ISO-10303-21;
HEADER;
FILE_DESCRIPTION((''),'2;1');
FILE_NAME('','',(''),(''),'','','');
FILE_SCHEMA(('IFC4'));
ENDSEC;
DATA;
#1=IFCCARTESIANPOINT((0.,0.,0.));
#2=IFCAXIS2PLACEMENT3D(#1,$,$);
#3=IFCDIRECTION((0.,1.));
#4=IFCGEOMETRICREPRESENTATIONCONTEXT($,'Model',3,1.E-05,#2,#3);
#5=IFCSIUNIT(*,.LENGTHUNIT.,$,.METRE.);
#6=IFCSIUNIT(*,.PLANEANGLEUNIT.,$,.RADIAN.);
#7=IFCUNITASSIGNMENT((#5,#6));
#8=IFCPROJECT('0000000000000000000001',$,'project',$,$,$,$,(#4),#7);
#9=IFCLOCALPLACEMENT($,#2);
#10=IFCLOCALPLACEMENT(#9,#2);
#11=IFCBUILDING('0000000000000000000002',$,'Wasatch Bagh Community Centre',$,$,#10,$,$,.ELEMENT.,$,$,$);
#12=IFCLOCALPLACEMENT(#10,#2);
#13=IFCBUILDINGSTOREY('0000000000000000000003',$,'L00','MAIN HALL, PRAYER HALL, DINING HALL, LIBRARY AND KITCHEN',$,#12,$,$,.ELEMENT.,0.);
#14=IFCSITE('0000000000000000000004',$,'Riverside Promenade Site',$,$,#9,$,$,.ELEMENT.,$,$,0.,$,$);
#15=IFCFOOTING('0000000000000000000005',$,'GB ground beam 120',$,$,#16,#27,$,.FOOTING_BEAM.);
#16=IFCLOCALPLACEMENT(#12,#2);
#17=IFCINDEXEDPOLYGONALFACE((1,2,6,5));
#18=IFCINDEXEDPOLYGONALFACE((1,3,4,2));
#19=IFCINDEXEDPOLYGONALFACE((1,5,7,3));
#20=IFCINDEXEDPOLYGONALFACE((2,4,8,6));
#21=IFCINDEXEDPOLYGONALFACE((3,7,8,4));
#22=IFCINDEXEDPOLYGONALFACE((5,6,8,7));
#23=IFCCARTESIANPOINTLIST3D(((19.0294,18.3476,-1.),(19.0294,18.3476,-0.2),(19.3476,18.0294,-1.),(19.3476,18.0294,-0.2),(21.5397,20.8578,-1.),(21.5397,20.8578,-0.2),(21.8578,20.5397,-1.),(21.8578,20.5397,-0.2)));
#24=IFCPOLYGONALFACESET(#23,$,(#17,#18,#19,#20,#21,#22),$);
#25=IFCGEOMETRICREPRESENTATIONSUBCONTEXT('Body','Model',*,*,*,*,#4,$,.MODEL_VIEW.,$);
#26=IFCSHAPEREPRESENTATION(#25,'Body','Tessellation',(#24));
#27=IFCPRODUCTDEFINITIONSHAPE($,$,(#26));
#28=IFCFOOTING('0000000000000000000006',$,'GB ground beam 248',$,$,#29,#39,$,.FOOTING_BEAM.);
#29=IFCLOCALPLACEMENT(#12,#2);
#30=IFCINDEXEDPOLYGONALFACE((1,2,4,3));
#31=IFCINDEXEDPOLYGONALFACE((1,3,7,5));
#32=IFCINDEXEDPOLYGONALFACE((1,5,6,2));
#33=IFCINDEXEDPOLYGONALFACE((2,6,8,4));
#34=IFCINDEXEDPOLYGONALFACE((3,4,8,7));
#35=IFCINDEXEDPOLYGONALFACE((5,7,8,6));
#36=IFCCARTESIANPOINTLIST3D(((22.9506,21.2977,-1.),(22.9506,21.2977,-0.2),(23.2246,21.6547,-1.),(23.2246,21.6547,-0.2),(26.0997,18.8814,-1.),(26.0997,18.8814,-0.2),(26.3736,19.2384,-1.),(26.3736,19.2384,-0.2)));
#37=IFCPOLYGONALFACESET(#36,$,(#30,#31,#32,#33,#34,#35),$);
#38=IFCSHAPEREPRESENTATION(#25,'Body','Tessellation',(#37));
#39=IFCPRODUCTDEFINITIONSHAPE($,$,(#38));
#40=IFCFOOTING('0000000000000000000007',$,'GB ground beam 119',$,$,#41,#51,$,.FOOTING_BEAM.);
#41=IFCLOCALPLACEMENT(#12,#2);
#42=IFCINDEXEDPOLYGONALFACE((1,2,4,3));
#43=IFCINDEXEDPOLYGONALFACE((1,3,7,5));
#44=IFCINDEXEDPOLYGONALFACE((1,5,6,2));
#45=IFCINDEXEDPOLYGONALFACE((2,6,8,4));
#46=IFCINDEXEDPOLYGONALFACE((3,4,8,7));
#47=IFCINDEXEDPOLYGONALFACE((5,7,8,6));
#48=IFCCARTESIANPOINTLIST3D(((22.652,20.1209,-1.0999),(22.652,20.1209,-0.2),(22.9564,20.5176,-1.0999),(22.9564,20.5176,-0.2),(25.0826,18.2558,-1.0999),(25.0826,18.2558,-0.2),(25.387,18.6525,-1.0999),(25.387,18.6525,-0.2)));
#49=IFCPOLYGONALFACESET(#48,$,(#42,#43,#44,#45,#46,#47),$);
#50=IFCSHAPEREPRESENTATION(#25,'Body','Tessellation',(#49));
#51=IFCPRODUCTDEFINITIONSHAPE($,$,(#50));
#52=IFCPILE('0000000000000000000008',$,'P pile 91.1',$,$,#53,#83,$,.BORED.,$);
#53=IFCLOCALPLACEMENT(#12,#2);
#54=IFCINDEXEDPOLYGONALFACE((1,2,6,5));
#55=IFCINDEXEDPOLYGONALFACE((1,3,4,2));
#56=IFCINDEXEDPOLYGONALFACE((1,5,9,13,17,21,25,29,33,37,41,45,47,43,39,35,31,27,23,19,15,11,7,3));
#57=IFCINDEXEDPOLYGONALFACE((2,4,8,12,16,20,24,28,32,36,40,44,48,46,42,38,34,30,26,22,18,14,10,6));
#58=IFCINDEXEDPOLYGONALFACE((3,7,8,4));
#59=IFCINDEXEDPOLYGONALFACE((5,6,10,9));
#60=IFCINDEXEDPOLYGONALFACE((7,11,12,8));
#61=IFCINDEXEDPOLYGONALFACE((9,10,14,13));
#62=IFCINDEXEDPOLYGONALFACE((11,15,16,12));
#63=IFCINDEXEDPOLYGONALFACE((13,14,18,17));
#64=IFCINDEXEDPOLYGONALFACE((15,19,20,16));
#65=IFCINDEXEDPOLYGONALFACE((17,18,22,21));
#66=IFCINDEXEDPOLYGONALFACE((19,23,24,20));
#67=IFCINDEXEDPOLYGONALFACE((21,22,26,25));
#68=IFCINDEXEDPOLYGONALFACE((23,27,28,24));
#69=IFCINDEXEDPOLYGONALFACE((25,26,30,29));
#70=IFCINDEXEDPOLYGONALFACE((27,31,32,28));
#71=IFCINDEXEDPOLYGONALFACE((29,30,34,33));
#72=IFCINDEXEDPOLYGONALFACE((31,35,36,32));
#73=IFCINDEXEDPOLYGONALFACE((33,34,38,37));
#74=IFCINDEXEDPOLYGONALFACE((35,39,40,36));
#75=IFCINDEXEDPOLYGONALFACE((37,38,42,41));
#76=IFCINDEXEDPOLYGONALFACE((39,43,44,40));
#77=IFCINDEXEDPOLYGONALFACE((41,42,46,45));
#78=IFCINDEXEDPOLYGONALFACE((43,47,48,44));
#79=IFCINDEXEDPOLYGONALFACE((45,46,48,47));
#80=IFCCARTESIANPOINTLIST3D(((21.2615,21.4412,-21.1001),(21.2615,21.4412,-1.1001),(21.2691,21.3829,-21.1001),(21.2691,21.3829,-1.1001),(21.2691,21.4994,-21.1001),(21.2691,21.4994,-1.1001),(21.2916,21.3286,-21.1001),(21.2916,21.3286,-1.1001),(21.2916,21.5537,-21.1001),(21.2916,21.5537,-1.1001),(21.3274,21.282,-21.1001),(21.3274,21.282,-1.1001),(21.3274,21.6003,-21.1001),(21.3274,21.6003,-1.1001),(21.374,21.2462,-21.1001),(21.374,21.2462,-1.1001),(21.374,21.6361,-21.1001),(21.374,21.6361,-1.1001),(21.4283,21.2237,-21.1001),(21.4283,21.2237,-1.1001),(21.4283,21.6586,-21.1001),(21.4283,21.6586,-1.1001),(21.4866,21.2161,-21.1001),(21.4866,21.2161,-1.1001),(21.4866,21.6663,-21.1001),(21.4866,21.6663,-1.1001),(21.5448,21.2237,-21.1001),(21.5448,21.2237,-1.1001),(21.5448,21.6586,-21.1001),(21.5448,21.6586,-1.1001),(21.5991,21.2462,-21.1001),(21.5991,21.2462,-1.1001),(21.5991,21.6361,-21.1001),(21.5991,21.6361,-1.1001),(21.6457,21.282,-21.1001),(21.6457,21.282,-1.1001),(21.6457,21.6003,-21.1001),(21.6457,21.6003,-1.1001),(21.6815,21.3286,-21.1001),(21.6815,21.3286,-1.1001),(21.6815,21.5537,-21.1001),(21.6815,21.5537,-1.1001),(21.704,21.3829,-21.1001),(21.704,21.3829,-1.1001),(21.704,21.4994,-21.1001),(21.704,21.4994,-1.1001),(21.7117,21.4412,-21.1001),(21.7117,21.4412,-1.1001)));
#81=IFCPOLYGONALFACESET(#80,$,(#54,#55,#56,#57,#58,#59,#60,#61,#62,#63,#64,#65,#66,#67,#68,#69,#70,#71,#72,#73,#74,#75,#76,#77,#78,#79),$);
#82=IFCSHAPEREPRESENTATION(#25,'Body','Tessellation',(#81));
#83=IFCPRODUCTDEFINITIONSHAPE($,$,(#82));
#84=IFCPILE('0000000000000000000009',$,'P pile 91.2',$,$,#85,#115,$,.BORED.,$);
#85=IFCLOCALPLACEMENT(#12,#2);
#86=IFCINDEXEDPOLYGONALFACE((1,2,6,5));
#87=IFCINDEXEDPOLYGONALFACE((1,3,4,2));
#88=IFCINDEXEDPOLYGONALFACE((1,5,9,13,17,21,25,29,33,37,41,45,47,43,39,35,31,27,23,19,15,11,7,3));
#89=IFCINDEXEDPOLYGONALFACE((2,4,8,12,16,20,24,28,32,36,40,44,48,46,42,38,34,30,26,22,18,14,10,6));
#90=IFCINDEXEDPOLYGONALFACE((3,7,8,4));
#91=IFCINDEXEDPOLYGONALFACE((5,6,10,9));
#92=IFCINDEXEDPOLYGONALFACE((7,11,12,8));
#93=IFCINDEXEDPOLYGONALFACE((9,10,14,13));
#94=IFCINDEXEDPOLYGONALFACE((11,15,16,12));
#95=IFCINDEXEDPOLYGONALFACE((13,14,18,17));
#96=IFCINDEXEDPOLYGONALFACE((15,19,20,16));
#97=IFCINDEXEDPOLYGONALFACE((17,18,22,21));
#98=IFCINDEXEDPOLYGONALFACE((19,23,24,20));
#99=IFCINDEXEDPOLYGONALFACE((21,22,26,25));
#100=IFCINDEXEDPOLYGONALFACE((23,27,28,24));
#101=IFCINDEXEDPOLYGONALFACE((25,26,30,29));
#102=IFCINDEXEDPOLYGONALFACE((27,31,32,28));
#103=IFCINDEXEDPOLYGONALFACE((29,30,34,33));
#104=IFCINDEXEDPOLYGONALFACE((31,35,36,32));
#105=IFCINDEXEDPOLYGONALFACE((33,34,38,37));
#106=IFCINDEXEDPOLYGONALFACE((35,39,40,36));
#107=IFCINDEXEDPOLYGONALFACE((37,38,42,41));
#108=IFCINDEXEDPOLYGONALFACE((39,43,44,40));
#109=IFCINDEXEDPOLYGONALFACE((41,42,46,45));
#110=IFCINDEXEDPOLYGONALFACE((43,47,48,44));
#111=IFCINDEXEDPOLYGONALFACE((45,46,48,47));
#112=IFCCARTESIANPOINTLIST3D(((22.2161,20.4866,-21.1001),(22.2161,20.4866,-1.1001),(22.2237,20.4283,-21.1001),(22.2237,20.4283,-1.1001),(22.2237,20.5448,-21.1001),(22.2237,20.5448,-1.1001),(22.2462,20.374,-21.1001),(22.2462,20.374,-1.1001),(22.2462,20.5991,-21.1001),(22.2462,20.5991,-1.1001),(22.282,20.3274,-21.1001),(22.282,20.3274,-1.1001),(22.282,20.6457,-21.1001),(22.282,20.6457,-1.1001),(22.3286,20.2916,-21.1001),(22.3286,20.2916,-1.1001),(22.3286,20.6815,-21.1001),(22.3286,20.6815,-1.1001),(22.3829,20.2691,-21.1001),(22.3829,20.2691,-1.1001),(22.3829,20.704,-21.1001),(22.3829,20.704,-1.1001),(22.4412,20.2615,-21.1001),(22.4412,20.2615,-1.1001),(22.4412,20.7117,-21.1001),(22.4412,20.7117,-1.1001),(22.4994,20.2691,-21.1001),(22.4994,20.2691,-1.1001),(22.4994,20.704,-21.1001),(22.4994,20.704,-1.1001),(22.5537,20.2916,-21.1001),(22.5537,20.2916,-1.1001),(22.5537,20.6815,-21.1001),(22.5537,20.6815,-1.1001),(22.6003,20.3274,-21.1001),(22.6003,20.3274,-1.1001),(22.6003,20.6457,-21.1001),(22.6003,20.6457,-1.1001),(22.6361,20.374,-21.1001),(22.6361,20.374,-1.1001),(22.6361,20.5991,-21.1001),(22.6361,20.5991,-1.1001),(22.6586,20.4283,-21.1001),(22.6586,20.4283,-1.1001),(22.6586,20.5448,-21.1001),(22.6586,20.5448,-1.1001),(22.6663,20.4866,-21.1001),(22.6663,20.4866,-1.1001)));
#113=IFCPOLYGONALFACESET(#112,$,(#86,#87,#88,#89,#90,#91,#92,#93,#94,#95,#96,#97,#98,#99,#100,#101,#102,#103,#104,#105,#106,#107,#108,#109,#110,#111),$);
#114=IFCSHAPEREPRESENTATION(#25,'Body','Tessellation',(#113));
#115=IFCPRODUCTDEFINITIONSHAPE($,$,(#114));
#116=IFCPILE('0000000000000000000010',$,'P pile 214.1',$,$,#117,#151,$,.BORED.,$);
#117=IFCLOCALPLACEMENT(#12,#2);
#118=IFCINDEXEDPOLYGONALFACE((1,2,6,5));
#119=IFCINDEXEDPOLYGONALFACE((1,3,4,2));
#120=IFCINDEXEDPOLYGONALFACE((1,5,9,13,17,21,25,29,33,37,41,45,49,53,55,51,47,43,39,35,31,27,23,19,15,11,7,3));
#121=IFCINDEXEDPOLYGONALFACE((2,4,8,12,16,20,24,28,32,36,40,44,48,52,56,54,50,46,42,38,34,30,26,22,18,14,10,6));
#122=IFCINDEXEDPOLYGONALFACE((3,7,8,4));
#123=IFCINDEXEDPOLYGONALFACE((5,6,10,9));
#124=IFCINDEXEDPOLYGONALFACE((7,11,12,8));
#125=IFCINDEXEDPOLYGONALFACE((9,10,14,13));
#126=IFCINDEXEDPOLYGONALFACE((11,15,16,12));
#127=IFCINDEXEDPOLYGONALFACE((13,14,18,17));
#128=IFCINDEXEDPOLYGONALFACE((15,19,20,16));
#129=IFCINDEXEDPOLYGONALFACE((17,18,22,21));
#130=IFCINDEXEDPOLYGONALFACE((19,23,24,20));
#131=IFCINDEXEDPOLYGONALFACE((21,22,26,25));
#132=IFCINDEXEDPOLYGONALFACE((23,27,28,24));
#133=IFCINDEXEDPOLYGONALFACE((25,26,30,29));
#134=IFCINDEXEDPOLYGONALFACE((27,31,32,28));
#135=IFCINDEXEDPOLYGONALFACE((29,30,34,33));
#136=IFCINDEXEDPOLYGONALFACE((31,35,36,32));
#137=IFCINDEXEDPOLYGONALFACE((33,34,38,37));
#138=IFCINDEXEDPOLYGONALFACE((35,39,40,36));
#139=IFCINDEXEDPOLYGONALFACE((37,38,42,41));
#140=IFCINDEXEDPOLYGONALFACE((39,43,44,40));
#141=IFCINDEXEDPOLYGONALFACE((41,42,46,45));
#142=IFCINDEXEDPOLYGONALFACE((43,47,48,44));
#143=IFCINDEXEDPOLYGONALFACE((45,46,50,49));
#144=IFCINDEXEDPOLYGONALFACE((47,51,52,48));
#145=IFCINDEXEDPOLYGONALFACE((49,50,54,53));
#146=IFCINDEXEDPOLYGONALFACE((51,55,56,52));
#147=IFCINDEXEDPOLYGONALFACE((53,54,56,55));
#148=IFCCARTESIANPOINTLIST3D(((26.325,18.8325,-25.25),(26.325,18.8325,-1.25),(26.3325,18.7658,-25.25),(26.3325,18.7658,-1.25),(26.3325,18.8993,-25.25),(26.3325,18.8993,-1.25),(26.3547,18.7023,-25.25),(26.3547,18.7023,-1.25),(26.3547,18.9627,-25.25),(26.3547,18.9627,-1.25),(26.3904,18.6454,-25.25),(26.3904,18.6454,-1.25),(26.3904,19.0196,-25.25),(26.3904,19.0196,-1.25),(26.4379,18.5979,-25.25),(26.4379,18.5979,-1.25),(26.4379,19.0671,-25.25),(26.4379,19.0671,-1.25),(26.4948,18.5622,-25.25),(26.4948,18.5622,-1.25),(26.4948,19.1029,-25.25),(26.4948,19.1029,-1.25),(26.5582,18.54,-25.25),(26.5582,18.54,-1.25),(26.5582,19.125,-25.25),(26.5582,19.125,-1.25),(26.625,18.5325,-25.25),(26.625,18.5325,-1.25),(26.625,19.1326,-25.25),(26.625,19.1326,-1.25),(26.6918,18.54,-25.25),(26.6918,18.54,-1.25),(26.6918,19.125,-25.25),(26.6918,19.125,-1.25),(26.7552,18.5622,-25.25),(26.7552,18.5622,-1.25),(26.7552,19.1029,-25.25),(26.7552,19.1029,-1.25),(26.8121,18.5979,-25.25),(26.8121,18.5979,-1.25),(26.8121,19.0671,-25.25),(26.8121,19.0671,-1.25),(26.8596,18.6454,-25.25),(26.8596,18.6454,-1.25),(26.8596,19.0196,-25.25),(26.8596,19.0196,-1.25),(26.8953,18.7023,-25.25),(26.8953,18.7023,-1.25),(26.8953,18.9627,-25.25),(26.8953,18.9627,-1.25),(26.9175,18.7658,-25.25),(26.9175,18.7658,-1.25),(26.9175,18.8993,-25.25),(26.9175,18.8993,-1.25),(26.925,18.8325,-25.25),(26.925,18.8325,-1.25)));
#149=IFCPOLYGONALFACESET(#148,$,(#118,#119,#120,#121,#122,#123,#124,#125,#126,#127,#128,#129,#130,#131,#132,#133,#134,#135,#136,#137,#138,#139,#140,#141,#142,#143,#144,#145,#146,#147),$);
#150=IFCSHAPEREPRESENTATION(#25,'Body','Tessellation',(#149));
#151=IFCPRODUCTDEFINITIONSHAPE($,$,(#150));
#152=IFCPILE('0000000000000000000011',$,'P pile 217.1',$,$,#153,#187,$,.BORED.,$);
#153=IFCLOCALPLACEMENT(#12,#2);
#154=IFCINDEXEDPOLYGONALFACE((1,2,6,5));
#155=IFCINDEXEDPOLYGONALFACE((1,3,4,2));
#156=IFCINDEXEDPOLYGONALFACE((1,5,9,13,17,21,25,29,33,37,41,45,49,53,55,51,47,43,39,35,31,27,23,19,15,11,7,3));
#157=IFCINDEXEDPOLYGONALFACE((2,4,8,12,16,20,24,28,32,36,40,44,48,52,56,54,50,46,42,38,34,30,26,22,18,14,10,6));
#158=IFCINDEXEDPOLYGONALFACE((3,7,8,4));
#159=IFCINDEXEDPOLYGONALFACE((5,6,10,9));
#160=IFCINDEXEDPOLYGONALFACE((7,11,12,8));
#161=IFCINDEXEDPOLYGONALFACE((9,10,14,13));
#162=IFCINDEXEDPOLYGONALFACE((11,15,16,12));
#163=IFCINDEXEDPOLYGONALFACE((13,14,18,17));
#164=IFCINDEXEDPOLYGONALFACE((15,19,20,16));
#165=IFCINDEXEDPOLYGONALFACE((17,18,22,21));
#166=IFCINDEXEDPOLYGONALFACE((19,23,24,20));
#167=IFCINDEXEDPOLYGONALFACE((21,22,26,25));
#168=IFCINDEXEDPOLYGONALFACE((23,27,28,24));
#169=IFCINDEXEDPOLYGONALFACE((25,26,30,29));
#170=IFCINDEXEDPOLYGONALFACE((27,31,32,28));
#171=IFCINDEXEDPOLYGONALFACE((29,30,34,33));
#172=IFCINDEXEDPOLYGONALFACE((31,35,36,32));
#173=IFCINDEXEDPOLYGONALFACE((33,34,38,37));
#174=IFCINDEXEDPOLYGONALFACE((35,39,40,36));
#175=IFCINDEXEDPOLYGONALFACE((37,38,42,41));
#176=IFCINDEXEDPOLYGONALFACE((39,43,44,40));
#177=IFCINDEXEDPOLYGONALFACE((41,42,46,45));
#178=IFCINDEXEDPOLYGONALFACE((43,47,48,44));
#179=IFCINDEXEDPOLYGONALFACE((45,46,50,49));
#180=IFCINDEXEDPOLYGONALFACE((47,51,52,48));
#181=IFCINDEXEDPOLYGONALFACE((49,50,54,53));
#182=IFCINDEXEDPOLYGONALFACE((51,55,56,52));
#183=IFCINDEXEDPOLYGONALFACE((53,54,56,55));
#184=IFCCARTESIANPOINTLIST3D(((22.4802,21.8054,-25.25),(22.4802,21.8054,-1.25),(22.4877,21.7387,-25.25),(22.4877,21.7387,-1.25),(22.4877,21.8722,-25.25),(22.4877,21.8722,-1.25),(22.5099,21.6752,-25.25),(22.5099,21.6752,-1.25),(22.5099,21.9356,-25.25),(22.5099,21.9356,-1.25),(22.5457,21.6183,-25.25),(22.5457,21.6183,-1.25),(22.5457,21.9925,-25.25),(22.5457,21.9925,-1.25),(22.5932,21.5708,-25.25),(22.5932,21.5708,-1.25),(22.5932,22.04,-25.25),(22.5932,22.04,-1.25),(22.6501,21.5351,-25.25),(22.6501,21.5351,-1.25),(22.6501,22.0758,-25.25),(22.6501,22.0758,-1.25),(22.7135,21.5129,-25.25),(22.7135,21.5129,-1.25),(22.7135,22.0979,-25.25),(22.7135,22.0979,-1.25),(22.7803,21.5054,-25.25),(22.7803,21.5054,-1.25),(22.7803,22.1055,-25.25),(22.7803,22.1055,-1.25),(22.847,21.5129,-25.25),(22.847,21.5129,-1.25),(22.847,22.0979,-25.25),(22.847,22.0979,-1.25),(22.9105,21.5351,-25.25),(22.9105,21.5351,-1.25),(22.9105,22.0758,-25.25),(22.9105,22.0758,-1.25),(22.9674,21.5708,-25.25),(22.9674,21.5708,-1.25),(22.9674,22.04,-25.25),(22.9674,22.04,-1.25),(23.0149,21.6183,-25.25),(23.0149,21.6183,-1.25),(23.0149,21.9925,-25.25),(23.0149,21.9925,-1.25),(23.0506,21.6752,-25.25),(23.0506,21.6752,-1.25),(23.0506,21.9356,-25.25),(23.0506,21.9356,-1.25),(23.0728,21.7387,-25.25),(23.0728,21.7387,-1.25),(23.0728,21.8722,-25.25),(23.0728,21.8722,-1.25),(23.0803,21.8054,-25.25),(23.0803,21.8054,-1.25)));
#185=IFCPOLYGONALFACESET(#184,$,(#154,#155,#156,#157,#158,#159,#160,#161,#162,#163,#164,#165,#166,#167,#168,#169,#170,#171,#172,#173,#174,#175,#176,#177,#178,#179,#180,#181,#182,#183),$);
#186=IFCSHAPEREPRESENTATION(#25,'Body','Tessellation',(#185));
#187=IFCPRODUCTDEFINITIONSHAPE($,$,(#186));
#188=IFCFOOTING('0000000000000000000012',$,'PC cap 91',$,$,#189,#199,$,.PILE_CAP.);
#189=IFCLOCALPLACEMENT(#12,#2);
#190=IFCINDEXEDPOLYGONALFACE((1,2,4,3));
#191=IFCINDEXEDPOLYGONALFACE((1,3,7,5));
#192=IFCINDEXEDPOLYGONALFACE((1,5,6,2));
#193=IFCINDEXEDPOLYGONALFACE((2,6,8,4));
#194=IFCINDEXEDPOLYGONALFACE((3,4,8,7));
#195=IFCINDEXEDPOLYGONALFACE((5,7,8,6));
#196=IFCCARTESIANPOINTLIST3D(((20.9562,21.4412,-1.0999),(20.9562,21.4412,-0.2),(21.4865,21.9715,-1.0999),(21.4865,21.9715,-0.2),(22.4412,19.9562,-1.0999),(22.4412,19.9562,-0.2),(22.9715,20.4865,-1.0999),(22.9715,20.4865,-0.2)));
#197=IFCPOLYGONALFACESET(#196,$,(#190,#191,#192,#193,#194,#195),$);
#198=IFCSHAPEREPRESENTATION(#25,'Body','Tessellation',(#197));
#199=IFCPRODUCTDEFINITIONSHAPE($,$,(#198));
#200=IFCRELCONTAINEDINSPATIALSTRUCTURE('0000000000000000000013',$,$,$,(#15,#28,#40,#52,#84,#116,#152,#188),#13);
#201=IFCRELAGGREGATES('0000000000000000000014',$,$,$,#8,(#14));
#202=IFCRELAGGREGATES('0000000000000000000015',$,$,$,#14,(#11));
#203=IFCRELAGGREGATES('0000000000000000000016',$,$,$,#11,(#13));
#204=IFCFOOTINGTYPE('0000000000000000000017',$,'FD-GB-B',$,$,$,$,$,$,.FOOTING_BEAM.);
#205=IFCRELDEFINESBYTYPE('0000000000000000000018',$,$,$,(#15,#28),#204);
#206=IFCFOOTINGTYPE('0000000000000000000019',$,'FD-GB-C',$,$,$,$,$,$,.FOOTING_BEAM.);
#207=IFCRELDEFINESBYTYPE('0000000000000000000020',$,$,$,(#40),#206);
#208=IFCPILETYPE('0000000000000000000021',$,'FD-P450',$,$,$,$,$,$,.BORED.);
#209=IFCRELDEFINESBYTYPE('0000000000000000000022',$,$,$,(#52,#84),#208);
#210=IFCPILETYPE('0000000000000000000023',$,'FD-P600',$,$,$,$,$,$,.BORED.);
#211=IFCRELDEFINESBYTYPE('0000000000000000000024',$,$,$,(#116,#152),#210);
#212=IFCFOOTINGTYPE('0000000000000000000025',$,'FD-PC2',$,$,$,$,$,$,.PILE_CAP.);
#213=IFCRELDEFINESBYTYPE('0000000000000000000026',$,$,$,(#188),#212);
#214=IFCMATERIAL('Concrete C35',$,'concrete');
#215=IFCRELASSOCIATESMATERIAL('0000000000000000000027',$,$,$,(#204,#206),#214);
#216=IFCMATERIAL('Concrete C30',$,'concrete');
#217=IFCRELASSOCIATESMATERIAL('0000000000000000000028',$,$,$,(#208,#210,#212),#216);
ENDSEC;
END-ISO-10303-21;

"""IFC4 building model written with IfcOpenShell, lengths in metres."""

from ifc_helpers import new_model, si_unit, direction, frame, origin, origin_2d, place, context, subcontext, project, spatial, rectangle, circle, extrude, material, material_profile, profile_set, type_object, element, save


model = new_model("IFC4")

# Units and contexts
model_context = context("Model", 3, precision=1e-05, world=origin(), true_north=direction((0.0, 1.0)))
body_context = subcontext(model_context, "Body", "Model", "MODEL_VIEW")
ifc_project = project(units=[si_unit("LENGTHUNIT", "METRE"), si_unit("PLANEANGLEUNIT", "RADIAN")], contexts=[model_context])

# Site, building, storey
site_placement = place(None, origin())
site = spatial("IfcSite", under=ifc_project, at=site_placement, Name="Riverside Promenade Site", CompositionType="ELEMENT", RefElevation=0.0)
building_placement = place(site_placement, origin())
building = spatial("IfcBuilding", under=site, at=building_placement, Name="Wasatch Bagh Community Centre", CompositionType="ELEMENT")
storey_placement = place(building_placement, origin())
storey = spatial("IfcBuildingStorey", under=building, at=storey_placement, Name="L00", Description="MAIN HALL, PRAYER HALL, DINING HALL, LIBRARY AND KITCHEN", CompositionType="ELEMENT", Elevation=0.0)

# Footings
ifc_material_1 = material(Name="Concrete C35", Category="concrete")
footing_type_1 = type_object("IfcFootingType", Name="FD-GB-B", PredefinedType="FOOTING_BEAM", material=ifc_material_1)
footing_1_placement = place(storey_placement, frame((20.4436, 19.4436, -1.0), z_axis=(0.0, 0.0, 1.0), x_axis=(-0.707107, -0.707107, 0.0)))
element("IfcFooting", 1, at=footing_1_placement, inside=storey, type_object=footing_type_1, Name="GB ground beam 120", PredefinedType="FOOTING_BEAM", context=body_context, shape_type="SweptSolid", body=[
    extrude(rectangle(XDim=3.55, YDim=0.45, at=origin_2d()), origin(), (0.0, 0.0, 1.0), 0.8),
])
footing_2_placement = place(storey_placement, frame((24.6621, 20.2681, -1.0), z_axis=(0.0, 0.0, 1.0), x_axis=(0.793353, -0.608761, 0.0)))
element("IfcFooting", 2, at=footing_2_placement, inside=storey, type_object=footing_type_1, Name="GB ground beam 248", PredefinedType="FOOTING_BEAM", context=body_context, shape_type="SweptSolid", body=[
    extrude(rectangle(XDim=3.9692, YDim=0.45, at=origin_2d()), origin(), (0.0, 0.0, 1.0), 0.8),
])
footing_type_2 = type_object("IfcFootingType", Name="FD-GB-C", PredefinedType="FOOTING_BEAM", material=ifc_material_1)
footing_3_placement = place(storey_placement, frame((24.0195, 19.3867, -1.0999), z_axis=(0.0, 0.0, 1.0), x_axis=(0.793353, -0.608761, 0.0)))
element("IfcFooting", 3, at=footing_3_placement, inside=storey, type_object=footing_type_2, Name="GB ground beam 119", PredefinedType="FOOTING_BEAM", context=body_context, shape_type="SweptSolid", body=[
    extrude(rectangle(XDim=3.0637, YDim=0.5, at=origin_2d()), origin(), (0.0, 0.0, 1.0), 0.8999),
])

# Piles
ifc_material_2 = material(Name="Concrete C30", Category="concrete")
ifc_material_profile_1 = material_profile(ifc_material_2, circle(Radius=0.2251, at=origin_2d()), Name="RC D450")
ifc_profile_set_1 = profile_set([ifc_material_profile_1], Name="Concrete C30")
pile_type_1 = type_object("IfcPileType", Name="FD-P450", PredefinedType="BORED", material=ifc_profile_set_1)
for number, where, z_axis, x_axis, name in (
    (4, (21.4866, 21.4412, -1.1001), (0.0, 0.0, -1.0), (1.0, 0.0, 0.0), "P pile 91.1"),
    (5, (22.4412, 20.4866, -1.1001), (0.0, 0.0, -1.0), (1.0, 0.0, 0.0), "P pile 91.2"),
):
    element("IfcPile", number, at=place(storey_placement, frame(where, z_axis=z_axis, x_axis=x_axis)), inside=storey, type_object=pile_type_1, Name=name, PredefinedType="BORED", context=body_context, shape_type="SweptSolid", body=[
        extrude(circle(Radius=0.2251, at=origin_2d()), origin(), (0.0, 0.0, 1.0), 20.0),
    ])
ifc_material_profile_2 = material_profile(ifc_material_2, circle(Radius=0.3, at=origin_2d()), Name="RC D600")
ifc_profile_set_2 = profile_set([ifc_material_profile_2], Name="Concrete C30")
pile_type_2 = type_object("IfcPileType", Name="FD-P600", PredefinedType="BORED", material=ifc_profile_set_2)
for number, where, z_axis, x_axis, name in (
    (6, (26.625, 18.8325, -1.25), (0.0, 0.0, -1.0), (1.0, 0.0, 0.0), "P pile 214.1"),
    (7, (22.7803, 21.8054, -1.25), (0.0, 0.0, -1.0), (1.0, 0.0, 0.0), "P pile 217.1"),
):
    element("IfcPile", number, at=place(storey_placement, frame(where, z_axis=z_axis, x_axis=x_axis)), inside=storey, type_object=pile_type_2, Name=name, PredefinedType="BORED", context=body_context, shape_type="SweptSolid", body=[
        extrude(circle(Radius=0.3, at=origin_2d()), origin(), (0.0, 0.0, 1.0), 24.0),
    ])

# Footing
footing_type_3 = type_object("IfcFootingType", Name="FD-PC2", PredefinedType="PILE_CAP", material=ifc_material_2)
footing_4_placement = place(storey_placement, frame((21.9639, 20.9639, -1.0999), z_axis=(0.0, 0.0, 1.0), x_axis=(0.707107, -0.707107, 0.0)))
element("IfcFooting", 8, at=footing_4_placement, inside=storey, type_object=footing_type_3, Name="PC cap 91", PredefinedType="PILE_CAP", context=body_context, shape_type="SweptSolid", body=[
    extrude(rectangle(XDim=2.1001, YDim=0.75, at=origin_2d()), origin(), (0.0, 0.0, 1.0), 0.8999),
])

save(model, "model.ifc")
